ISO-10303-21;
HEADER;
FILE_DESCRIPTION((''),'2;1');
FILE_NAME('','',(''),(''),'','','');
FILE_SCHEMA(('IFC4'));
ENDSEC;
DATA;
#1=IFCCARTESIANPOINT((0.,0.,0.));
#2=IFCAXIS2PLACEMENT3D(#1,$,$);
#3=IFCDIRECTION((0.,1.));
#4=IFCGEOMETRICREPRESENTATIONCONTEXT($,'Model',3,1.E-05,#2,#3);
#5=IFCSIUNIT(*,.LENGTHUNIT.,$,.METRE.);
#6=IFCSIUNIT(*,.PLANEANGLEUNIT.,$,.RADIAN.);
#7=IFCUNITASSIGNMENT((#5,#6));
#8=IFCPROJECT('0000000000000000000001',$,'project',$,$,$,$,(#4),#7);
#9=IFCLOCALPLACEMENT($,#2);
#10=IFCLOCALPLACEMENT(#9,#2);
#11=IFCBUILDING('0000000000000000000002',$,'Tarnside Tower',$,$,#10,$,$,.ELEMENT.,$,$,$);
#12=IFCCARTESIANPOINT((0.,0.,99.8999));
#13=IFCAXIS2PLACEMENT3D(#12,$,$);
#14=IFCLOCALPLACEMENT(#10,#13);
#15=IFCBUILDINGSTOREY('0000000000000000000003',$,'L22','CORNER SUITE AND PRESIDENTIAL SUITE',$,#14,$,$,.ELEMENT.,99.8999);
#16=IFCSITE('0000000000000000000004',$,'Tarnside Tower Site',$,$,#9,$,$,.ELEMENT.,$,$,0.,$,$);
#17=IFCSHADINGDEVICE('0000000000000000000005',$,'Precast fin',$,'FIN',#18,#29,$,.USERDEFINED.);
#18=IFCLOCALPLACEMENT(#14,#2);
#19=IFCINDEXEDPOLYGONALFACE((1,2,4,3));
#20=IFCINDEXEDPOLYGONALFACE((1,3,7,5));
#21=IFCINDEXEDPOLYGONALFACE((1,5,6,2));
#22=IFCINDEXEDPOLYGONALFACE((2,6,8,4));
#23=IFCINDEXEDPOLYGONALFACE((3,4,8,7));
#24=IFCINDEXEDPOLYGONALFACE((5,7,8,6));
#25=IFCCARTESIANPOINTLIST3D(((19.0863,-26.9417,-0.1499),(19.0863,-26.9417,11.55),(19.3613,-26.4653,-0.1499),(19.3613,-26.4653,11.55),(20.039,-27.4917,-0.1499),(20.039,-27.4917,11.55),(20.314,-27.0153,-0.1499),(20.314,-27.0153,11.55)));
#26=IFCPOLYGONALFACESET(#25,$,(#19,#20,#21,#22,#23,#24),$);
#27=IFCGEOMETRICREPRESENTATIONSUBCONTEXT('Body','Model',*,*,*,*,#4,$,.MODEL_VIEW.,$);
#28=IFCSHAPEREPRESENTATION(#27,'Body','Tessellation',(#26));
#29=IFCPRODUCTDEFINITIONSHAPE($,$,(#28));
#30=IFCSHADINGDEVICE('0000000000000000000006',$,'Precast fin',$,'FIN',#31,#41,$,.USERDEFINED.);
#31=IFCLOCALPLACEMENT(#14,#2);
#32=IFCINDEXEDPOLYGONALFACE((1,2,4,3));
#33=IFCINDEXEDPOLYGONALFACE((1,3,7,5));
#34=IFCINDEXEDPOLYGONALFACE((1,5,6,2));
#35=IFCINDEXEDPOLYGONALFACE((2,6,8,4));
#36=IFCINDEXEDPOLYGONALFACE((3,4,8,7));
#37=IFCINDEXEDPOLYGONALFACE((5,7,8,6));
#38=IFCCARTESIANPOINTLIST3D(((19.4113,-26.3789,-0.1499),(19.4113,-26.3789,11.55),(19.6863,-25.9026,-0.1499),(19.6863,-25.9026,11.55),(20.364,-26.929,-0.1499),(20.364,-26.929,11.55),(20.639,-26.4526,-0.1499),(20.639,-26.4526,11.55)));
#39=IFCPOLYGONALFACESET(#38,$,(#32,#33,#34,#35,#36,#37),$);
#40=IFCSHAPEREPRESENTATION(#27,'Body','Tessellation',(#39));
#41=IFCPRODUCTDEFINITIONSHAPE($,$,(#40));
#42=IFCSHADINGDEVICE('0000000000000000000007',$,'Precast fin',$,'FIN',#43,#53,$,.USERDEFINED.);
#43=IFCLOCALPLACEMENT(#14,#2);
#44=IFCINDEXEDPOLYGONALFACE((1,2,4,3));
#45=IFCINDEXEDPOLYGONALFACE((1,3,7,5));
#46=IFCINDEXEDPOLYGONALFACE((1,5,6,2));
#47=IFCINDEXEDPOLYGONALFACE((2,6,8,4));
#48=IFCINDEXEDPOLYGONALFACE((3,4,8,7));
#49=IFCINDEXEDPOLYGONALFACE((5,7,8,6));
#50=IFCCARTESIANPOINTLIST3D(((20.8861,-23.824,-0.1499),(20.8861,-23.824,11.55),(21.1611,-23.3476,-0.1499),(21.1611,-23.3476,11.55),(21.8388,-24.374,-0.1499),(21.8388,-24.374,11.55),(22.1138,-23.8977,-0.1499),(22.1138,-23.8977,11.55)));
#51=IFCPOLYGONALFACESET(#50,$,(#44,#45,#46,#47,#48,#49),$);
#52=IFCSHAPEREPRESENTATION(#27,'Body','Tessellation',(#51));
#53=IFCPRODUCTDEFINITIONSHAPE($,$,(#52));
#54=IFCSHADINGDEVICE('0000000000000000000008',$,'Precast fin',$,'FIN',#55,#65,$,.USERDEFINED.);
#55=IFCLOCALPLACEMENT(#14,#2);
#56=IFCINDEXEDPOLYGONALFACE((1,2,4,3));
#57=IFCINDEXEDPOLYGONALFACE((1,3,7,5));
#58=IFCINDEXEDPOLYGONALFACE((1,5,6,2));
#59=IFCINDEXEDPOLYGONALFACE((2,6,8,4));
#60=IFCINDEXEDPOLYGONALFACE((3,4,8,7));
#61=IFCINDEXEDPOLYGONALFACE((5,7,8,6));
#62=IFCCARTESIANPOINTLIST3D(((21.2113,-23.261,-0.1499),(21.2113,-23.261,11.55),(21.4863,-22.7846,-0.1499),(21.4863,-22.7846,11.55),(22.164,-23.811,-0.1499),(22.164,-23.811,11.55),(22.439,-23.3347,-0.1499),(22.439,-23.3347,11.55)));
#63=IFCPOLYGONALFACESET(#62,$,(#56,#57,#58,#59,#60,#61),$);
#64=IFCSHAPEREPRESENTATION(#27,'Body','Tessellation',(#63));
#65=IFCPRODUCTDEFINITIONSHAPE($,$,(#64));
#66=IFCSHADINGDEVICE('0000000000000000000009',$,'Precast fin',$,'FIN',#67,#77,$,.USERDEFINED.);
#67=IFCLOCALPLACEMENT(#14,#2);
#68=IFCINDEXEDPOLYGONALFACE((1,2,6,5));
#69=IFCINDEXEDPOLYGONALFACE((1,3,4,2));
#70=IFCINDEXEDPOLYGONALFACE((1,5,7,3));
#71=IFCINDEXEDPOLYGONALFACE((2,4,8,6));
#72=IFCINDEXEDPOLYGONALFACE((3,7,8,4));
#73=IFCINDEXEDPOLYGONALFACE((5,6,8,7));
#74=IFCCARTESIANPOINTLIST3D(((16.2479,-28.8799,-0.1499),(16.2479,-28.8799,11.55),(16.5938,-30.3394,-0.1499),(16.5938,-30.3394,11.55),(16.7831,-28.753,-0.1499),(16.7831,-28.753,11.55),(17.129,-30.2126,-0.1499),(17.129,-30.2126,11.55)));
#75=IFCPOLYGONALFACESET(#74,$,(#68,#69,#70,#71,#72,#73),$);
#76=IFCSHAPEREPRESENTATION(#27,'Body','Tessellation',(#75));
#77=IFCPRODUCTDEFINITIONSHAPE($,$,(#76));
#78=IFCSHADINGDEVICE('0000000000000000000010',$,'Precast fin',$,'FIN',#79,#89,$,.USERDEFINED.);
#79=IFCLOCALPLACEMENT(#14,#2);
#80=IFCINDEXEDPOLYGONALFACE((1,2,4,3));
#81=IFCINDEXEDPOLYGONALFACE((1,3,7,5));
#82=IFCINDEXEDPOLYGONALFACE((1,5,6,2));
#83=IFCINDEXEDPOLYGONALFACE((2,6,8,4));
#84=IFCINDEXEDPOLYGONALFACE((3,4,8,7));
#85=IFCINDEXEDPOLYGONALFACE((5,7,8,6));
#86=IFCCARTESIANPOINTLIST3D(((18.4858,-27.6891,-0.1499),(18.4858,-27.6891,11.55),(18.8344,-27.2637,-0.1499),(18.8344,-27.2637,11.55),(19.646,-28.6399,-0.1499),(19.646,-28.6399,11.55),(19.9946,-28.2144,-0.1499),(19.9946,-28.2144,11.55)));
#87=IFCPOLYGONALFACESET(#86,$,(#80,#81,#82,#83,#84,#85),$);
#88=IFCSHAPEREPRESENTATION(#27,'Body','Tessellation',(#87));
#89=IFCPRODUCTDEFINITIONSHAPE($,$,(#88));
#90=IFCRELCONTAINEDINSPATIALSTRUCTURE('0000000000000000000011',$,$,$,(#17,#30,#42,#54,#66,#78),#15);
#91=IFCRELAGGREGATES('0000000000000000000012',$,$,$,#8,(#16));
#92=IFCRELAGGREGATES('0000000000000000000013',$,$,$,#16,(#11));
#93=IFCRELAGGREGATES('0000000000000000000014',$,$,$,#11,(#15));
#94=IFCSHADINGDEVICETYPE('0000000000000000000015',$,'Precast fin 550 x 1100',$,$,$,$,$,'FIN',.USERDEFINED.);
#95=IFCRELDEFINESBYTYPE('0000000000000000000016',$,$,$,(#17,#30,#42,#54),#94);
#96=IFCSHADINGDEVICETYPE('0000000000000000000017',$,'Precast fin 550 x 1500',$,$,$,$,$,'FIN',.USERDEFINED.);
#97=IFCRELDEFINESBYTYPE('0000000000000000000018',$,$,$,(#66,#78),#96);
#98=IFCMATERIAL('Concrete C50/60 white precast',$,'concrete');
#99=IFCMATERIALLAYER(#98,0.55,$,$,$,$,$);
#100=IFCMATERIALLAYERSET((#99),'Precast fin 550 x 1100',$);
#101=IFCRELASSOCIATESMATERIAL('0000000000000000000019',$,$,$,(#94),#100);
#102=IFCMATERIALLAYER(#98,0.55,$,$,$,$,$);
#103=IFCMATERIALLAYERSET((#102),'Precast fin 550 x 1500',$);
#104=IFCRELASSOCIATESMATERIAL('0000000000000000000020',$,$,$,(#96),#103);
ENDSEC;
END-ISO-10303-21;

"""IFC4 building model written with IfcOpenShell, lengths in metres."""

from ifc_helpers import new_model, si_unit, direction, frame, origin, place, context, subcontext, project, spatial, polyline, outline, extrude, material, layer, layer_set, type_object, element, save


model = new_model("IFC4")

# Units and contexts
model_context = context("Model", 3, precision=1e-05, world=origin(), true_north=direction((0.0, 1.0)))
body_context = subcontext(model_context, "Body", "Model", "MODEL_VIEW")
ifc_project = project(units=[si_unit("LENGTHUNIT", "METRE"), si_unit("PLANEANGLEUNIT", "RADIAN")], contexts=[model_context])

# Site, building, storey
site_placement = place(None, origin())
site = spatial("IfcSite", under=ifc_project, at=site_placement, Name="Tarnside Tower Site", CompositionType="ELEMENT", RefElevation=0.0)
building_placement = place(site_placement, origin())
building = spatial("IfcBuilding", under=site, at=building_placement, Name="Tarnside Tower", CompositionType="ELEMENT")
storey_placement = place(building_placement, frame((0.0, 0.0, 99.8999)))
storey = spatial("IfcBuildingStorey", under=building, at=storey_placement, Name="L22", Description="CORNER SUITE AND PRESIDENTIAL SUITE", CompositionType="ELEMENT", Elevation=99.8999)

# Shading devices
ifc_material_1 = material(Name="Concrete C50/60 white precast", Category="concrete")
ifc_layer_1 = layer(ifc_material_1, 0.55)
ifc_layer_set_1 = layer_set([ifc_layer_1], Name="Precast fin 550 x 1100")
shading_device_type_1 = type_object("IfcShadingDeviceType", Name="Precast fin 550 x 1100", ElementType="FIN", PredefinedType="USERDEFINED", material=ifc_layer_set_1)
for number, where, z_axis, x_axis, name in (
    (1, (19.2239, -26.7034, -0.1499), (-0.5, -0.866025, 0.0), (0.866025, -0.5, 0.0), "Precast fin"),
    (2, (19.5488, -26.1406, -0.1499), (-0.5, -0.866025, 0.0), (0.866025, -0.5, 0.0), "Precast fin"),
    (3, (21.0237, -23.5857, -0.1499), (-0.5, -0.866025, 0.0), (0.866025, -0.5, 0.0), "Precast fin"),
    (4, (21.3489, -23.0227, -0.1499), (-0.5, -0.866025, 0.0), (0.866025, -0.5, 0.0), "Precast fin"),
):
    element("IfcShadingDevice", number, at=place(storey_placement, frame(where, z_axis=z_axis, x_axis=x_axis)), inside=storey, type_object=shading_device_type_1, Name=name, ObjectType="FIN", PredefinedType="USERDEFINED", context=body_context, shape_type="SweptSolid", body=[
        extrude(outline(polyline([(0.0, 0.0), (1.1001, 0.0), (1.1001, 11.7), (0.0, 11.7), (0.0, 0.0)])), frame((0.0, 0.0, -0.2749)), (0.0, 0.0, 1.0), 0.55),
    ])
ifc_layer_2 = layer(ifc_material_1, 0.55)
ifc_layer_set_2 = layer_set([ifc_layer_2], Name="Precast fin 550 x 1500")
shading_device_type_2 = type_object("IfcShadingDeviceType", Name="Precast fin 550 x 1500", ElementType="FIN", PredefinedType="USERDEFINED", material=ifc_layer_set_2)
for number, where, z_axis, x_axis, name in (
    (5, (16.5156, -28.8164, -0.1499), (-0.973045, -0.230616, 0.0), (0.230616, -0.973045, 0.0), "Precast fin"),
    (6, (18.6602, -27.4763, -0.1499), (-0.633831, -0.773472, 0.0), (0.773472, -0.633831, 0.0), "Precast fin"),
):
    element("IfcShadingDevice", number, at=place(storey_placement, frame(where, z_axis=z_axis, x_axis=x_axis)), inside=storey, type_object=shading_device_type_2, Name=name, ObjectType="FIN", PredefinedType="USERDEFINED", context=body_context, shape_type="SweptSolid", body=[
        extrude(outline(polyline([(0.0, 0.0), (1.5, 0.0), (1.5, 11.7), (0.0, 11.7), (0.0, 0.0)])), frame((0.0, 0.0, -0.2749)), (0.0, 0.0, 1.0), 0.55),
    ])

save(model, "model.ifc")
